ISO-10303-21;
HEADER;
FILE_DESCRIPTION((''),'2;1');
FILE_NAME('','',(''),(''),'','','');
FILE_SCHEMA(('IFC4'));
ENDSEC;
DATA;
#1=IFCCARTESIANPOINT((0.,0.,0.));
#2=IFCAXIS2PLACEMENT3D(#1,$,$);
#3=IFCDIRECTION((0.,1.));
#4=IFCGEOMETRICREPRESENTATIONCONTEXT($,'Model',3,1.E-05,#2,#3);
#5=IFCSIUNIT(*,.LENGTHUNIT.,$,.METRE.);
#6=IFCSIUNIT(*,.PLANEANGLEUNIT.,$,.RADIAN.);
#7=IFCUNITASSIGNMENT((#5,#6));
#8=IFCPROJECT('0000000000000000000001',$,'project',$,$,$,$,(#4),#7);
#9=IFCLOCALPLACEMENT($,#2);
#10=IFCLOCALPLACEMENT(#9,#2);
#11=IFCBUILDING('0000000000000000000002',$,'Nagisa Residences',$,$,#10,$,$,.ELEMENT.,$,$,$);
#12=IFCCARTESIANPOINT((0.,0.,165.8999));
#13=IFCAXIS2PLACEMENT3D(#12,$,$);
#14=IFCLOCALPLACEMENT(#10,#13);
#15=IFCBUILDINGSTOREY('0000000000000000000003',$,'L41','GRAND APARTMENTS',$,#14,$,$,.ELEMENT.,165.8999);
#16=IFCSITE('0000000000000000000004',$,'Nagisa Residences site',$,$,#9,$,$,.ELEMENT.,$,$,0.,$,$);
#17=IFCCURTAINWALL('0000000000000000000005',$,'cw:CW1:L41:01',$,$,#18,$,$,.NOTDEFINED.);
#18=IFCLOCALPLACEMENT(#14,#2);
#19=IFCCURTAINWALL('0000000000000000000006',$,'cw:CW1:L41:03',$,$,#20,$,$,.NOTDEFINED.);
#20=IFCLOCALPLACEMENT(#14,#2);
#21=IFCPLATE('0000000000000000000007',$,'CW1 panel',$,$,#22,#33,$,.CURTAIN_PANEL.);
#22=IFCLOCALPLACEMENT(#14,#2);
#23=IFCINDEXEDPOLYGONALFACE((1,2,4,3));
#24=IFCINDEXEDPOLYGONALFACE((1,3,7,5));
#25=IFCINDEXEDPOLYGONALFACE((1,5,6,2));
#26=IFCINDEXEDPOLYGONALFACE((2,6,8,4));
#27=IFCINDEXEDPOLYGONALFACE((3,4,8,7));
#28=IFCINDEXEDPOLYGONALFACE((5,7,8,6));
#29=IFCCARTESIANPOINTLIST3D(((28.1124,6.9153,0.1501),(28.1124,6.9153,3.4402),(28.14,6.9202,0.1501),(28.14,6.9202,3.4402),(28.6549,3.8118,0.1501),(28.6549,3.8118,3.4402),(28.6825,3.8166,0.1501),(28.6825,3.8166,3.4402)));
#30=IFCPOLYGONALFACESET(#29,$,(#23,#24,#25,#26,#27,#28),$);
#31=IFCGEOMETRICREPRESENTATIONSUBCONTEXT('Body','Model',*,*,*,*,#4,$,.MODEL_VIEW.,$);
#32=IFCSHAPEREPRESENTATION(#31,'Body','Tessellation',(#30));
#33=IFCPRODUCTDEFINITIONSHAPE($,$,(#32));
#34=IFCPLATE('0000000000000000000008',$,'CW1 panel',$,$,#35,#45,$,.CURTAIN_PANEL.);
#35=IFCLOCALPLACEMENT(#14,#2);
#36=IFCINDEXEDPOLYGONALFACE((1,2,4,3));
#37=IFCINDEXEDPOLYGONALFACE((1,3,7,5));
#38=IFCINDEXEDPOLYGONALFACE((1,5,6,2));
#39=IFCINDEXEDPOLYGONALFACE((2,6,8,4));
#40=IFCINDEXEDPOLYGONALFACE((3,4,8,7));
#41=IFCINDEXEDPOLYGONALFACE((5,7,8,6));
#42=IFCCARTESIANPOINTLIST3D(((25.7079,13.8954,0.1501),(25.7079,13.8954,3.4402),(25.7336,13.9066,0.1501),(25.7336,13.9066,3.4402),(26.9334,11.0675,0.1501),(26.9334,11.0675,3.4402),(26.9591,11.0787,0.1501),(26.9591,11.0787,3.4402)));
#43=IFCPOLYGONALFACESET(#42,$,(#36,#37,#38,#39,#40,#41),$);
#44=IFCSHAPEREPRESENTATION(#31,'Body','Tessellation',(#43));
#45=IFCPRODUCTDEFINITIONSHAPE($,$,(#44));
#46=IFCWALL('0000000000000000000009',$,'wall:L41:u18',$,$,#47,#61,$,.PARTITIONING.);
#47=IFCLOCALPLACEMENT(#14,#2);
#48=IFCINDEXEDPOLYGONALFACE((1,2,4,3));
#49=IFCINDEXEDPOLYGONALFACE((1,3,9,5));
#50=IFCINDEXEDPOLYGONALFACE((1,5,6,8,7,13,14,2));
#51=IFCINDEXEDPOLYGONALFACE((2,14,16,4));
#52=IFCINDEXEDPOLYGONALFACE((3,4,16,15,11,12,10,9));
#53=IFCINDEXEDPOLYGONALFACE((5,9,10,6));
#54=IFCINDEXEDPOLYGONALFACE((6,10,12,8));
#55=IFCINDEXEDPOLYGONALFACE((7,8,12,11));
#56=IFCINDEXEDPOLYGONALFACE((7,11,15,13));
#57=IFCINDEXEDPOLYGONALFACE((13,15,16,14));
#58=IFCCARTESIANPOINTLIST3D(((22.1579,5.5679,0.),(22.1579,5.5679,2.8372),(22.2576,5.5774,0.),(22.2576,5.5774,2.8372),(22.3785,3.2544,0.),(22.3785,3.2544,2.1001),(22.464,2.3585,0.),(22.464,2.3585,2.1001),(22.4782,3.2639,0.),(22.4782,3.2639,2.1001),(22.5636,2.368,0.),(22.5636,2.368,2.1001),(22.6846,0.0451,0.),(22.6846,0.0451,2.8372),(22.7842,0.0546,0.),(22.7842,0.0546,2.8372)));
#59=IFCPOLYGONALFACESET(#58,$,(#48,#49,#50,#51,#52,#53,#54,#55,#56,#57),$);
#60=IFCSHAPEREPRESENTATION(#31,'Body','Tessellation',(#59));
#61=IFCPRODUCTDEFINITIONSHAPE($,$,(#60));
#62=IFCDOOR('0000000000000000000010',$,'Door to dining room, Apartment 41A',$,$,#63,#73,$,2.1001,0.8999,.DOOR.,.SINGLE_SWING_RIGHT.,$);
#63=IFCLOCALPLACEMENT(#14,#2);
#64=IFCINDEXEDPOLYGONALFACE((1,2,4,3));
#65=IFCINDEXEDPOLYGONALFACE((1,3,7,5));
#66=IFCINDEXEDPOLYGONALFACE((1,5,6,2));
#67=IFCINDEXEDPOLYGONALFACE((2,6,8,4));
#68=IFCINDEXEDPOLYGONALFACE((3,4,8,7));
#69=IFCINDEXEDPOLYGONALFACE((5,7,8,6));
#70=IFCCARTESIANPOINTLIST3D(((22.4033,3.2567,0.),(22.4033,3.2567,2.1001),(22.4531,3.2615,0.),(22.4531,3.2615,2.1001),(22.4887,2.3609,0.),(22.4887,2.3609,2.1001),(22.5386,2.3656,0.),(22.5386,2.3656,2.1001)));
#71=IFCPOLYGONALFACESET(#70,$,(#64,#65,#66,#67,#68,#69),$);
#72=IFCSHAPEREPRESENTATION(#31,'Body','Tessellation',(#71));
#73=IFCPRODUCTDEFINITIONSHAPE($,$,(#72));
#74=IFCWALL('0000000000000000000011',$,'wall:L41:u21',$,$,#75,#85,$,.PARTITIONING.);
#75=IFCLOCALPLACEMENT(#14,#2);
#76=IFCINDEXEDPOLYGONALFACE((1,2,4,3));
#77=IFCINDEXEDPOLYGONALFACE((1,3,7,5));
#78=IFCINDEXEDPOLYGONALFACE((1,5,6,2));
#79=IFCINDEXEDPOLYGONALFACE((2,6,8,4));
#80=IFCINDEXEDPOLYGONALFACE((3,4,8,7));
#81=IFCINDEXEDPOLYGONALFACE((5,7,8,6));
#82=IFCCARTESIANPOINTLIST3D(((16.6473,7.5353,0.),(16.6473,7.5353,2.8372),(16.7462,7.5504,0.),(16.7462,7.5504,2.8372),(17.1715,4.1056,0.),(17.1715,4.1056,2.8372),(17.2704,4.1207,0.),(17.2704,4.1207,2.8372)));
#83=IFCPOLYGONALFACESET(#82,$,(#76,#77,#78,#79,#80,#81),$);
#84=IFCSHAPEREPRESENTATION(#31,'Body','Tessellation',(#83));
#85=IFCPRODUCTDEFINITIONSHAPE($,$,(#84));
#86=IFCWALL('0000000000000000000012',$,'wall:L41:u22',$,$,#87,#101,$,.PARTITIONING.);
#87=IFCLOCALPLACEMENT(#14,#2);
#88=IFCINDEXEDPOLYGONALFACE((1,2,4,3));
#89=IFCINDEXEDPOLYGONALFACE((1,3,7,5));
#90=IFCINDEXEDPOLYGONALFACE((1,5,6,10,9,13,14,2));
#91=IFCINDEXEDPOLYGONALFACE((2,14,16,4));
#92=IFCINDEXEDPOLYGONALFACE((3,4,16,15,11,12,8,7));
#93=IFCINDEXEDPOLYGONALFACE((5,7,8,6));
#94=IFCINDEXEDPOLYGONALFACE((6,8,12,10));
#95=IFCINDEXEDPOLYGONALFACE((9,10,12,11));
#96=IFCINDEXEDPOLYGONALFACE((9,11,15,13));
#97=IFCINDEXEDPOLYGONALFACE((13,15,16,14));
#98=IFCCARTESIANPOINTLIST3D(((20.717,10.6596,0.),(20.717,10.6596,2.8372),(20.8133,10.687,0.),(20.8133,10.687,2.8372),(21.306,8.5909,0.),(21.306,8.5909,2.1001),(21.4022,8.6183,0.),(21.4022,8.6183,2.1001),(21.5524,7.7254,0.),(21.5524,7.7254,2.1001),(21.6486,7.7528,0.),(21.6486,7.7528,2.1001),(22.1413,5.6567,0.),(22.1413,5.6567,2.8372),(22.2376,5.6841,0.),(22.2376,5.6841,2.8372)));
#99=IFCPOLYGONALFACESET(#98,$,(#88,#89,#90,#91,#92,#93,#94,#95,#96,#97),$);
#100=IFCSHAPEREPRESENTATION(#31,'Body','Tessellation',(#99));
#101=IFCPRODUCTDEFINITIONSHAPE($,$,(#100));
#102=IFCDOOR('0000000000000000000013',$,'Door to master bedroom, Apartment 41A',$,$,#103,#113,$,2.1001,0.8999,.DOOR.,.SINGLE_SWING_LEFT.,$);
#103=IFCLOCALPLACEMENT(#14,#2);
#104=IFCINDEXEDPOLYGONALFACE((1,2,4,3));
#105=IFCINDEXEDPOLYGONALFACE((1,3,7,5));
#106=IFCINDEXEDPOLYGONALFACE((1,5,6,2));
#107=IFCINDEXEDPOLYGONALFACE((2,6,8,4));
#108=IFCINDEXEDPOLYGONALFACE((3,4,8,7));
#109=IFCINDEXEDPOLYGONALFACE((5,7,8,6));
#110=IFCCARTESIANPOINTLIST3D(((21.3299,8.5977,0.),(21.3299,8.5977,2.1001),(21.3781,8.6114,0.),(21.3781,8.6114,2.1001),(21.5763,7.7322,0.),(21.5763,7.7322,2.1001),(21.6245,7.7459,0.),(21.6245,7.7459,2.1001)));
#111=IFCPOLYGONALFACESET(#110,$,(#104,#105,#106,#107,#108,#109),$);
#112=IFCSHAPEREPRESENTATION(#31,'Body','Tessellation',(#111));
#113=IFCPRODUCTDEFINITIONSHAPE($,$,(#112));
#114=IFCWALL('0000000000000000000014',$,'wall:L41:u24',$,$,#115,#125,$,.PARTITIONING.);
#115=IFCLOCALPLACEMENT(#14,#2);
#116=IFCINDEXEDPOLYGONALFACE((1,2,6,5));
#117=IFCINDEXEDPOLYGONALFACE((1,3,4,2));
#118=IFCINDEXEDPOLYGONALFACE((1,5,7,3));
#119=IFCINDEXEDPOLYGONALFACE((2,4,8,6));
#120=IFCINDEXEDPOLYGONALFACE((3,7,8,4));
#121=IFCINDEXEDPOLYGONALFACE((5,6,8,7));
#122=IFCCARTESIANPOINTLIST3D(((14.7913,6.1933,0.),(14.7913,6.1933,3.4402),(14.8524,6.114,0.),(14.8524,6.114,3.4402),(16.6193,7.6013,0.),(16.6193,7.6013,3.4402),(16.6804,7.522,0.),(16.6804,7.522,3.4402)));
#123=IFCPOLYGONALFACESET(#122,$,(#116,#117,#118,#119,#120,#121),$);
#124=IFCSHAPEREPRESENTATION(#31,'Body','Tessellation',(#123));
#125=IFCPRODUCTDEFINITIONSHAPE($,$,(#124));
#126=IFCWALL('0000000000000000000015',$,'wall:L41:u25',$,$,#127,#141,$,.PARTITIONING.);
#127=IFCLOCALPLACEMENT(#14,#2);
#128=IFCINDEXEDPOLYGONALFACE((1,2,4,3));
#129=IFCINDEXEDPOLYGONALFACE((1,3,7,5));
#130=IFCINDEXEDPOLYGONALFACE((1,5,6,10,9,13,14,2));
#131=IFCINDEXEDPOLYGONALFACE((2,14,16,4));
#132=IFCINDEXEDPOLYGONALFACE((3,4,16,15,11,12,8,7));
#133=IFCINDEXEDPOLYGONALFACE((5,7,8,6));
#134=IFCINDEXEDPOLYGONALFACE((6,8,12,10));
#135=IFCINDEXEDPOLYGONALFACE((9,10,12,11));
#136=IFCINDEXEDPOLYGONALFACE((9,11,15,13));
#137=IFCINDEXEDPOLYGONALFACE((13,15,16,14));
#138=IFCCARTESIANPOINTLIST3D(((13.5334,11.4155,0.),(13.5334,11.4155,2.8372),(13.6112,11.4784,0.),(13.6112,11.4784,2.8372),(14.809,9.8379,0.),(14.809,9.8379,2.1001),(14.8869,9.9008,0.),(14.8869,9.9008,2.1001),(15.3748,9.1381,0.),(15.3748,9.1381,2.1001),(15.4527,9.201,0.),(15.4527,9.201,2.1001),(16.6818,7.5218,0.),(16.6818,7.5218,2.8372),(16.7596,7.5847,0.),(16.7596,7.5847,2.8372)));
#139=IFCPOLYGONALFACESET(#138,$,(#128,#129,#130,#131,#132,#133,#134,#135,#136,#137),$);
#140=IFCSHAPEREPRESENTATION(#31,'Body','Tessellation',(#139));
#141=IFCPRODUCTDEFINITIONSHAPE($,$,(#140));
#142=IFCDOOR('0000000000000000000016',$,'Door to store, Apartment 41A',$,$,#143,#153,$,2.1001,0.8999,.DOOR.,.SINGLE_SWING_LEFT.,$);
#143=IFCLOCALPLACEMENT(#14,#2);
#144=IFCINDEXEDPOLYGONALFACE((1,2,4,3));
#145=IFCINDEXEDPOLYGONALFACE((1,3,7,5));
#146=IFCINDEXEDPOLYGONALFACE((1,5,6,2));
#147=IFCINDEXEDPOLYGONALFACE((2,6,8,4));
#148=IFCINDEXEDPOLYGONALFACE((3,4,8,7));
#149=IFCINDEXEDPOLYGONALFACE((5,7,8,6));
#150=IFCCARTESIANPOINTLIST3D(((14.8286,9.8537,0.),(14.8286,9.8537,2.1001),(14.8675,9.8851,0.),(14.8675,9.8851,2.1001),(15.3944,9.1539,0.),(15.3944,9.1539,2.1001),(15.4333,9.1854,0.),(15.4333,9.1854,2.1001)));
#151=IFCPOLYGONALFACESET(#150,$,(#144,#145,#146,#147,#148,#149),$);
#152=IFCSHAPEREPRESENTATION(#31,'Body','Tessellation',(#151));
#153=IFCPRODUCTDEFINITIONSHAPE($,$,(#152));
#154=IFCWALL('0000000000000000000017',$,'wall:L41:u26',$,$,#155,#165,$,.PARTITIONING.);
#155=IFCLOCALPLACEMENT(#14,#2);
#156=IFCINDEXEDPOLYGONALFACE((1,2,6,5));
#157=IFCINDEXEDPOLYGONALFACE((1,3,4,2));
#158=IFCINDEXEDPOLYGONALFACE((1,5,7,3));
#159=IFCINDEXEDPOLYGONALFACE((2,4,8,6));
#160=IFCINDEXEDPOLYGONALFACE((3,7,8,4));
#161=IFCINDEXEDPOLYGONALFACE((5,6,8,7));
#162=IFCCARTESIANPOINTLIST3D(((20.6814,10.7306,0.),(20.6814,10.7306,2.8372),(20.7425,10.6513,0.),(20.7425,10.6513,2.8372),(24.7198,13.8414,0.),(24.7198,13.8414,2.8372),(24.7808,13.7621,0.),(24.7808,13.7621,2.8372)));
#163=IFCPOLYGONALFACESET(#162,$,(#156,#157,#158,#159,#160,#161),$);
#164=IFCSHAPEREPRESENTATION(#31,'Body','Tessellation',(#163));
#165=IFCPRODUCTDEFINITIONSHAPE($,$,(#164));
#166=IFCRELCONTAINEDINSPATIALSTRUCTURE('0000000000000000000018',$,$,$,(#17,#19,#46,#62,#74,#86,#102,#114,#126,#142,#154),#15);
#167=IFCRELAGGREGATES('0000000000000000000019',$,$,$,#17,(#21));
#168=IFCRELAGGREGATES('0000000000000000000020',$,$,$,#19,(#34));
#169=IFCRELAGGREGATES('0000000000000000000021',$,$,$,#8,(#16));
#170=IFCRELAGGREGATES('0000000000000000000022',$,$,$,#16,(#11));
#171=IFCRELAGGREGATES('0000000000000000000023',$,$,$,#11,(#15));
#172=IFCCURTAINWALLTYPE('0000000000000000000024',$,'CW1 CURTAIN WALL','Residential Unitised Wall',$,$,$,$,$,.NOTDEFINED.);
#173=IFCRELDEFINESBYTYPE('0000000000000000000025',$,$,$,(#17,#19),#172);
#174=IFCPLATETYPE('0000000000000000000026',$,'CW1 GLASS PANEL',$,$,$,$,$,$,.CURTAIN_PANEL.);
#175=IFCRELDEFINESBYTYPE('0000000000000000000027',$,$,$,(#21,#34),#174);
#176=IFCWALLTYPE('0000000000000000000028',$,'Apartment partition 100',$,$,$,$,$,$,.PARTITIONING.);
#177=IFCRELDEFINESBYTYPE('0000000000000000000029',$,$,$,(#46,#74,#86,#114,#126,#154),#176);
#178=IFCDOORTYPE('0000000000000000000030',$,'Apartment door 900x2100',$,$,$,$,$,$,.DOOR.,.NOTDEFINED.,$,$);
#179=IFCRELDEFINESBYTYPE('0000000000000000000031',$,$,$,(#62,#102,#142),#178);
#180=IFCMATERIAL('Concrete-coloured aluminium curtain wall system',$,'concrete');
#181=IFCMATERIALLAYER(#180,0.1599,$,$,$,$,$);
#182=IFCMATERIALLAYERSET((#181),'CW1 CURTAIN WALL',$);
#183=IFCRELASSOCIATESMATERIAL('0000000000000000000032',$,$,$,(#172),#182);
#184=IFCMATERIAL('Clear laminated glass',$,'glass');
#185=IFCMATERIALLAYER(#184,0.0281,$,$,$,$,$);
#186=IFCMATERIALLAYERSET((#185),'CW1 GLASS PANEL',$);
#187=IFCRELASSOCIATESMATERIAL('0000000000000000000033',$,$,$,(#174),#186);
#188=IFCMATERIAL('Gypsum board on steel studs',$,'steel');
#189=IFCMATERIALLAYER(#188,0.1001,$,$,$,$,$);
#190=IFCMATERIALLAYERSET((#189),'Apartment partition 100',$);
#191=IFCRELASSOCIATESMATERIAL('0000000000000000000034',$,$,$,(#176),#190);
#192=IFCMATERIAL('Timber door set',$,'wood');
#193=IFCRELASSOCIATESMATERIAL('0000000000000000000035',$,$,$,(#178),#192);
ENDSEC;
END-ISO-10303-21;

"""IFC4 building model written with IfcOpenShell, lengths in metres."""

from ifc_helpers import new_model, si_unit, direction, frame, frame_2d, origin, origin_2d, place, context, subcontext, project, spatial, rectangle, extrude, material, layer, layer_set, type_object, element, fill, aggregate, save


model = new_model("IFC4")

# Units and contexts
model_context = context("Model", 3, precision=1e-05, world=origin(), true_north=direction((0.0, 1.0)))
body_context = subcontext(model_context, "Body", "Model", "MODEL_VIEW")
ifc_project = project(units=[si_unit("LENGTHUNIT", "METRE"), si_unit("PLANEANGLEUNIT", "RADIAN")], contexts=[model_context])

# Site, building, storey
site_placement = place(None, origin())
site = spatial("IfcSite", under=ifc_project, at=site_placement, Name="Nagisa Residences site", CompositionType="ELEMENT", RefElevation=0.0)
building_placement = place(site_placement, origin())
building = spatial("IfcBuilding", under=site, at=building_placement, Name="Nagisa Residences", CompositionType="ELEMENT")
storey_placement = place(building_placement, frame((0.0, 0.0, 165.8999)))
storey = spatial("IfcBuildingStorey", under=building, at=storey_placement, Name="L41", Description="GRAND APARTMENTS", CompositionType="ELEMENT", Elevation=165.8999)

# Curtain walls
ifc_material_1 = material(Name="Concrete-coloured aluminium curtain wall system", Category="concrete")
ifc_layer_1 = layer(ifc_material_1, 0.1599)
ifc_layer_set_1 = layer_set([ifc_layer_1], Name="CW1 CURTAIN WALL")
curtain_wall_type = type_object("IfcCurtainWallType", Name="CW1 CURTAIN WALL", Description="Residential Unitised Wall", PredefinedType="NOTDEFINED", material=ifc_layer_set_1)
curtain_wall_1_placement = place(storey_placement, origin())
curtain_wall_1 = element("IfcCurtainWall", 1, at=curtain_wall_1_placement, inside=storey, type_object=curtain_wall_type, Name="cw:CW1:L41:01", PredefinedType="NOTDEFINED")
curtain_wall_2_placement = place(storey_placement, origin())
curtain_wall_2 = element("IfcCurtainWall", 2, at=curtain_wall_2_placement, inside=storey, type_object=curtain_wall_type, Name="cw:CW1:L41:03", PredefinedType="NOTDEFINED")

# Plates
ifc_material_2 = material(Name="Clear laminated glass", Category="glass")
ifc_layer_2 = layer(ifc_material_2, 0.0281)
ifc_layer_set_2 = layer_set([ifc_layer_2], Name="CW1 GLASS PANEL")
plate_type = type_object("IfcPlateType", Name="CW1 GLASS PANEL", PredefinedType="CURTAIN_PANEL", material=ifc_layer_set_2)
plate_1_placement = place(storey_placement, frame((28.3975, 5.366, 0.1501), z_axis=(0.0, 0.0, 1.0), x_axis=(-0.172191, 0.985064, 0.0)))
plate_1 = element("IfcPlate", 3, at=plate_1_placement, type_object=plate_type, Name="CW1 panel", PredefinedType="CURTAIN_PANEL", context=body_context, shape_type="SweptSolid", body=[
    extrude(rectangle(XDim=3.1506, YDim=0.0281, at=origin_2d()), origin(), (0.0, 0.0, 1.0), 3.29),
])
aggregate(curtain_wall_1, [plate_1])
plate_2_placement = place(storey_placement, frame((26.3335, 12.4871, 0.1501), z_axis=(0.0, 0.0, 1.0), x_axis=(-0.397636, 0.917543, 0.0)))
plate_2 = element("IfcPlate", 4, at=plate_2_placement, type_object=plate_type, Name="CW1 panel", PredefinedType="CURTAIN_PANEL", context=body_context, shape_type="SweptSolid", body=[
    extrude(rectangle(XDim=3.082, YDim=0.0281, at=origin_2d()), origin(), (0.0, 0.0, 1.0), 3.29),
])
aggregate(curtain_wall_2, [plate_2])

# Wall, opening, door
ifc_material_3 = material(Name="Gypsum board on steel studs", Category="steel")
ifc_layer_3 = layer(ifc_material_3, 0.1001)
ifc_layer_set_3 = layer_set([ifc_layer_3], Name="Apartment partition 100")
wall_type_1 = type_object("IfcWallType", Name="Apartment partition 100", PredefinedType="PARTITIONING", material=ifc_layer_set_3)
wall_1_placement = place(storey_placement, frame((22.7344, 0.0498, 0.0), z_axis=(0.0, 0.0, 1.0), x_axis=(-0.094923, 0.995485, 0.0)))
wall_1 = element("IfcWall", 5, at=wall_1_placement, inside=storey, type_object=wall_type_1, Name="wall:L41:u18", PredefinedType="PARTITIONING", context=body_context, shape_type="SweptSolid", body=[
    extrude(rectangle(XDim=5.5479, YDim=0.1001, at=frame_2d((2.7739, 0.0))), origin(), (0.0, 0.0, 1.0), 2.8372),
])
opening_1_placement = place(wall_1_placement, frame((2.324, 0.0, 0.0)))
opening_1 = element("IfcOpeningElement", 6, at=opening_1_placement, cuts=wall_1, PredefinedType="OPENING", context=body_context, shape_type="SweptSolid", body=[
    extrude(rectangle(XDim=0.8999, YDim=2.1001, at=frame_2d((0.45, 1.05))), frame((0.0, 0.0601, 0.0), z_axis=(0.0, -1.0, 0.0), x_axis=(1.0, 0.0, 0.0)), (0.0, 0.0, 1.0), 0.1201),
])
ifc_material_4 = material(Name="Timber door set", Category="wood")
door_type_1 = type_object("IfcDoorType", Name="Apartment door 900x2100", OperationType="NOTDEFINED", PredefinedType="DOOR", material=ifc_material_4)
door_1_placement = place(opening_1_placement, frame((0.8999, 0.0, 0.0), x_axis=(-1.0, 0.0, 0.0)))
door_1 = element("IfcDoor", 7, at=door_1_placement, inside=storey, type_object=door_type_1, Name="Door to dining room, Apartment 41A", OperationType="SINGLE_SWING_RIGHT", OverallHeight=2.1001, OverallWidth=0.8999, PredefinedType="DOOR", context=body_context, shape_type="SweptSolid", body=[
    extrude(rectangle(XDim=0.8999, YDim=2.1001, at=frame_2d((0.45, 1.05))), frame((0.0, 0.0249, 0.0), z_axis=(0.0, -1.0, 0.0), x_axis=(1.0, 0.0, 0.0)), (0.0, 0.0, 1.0), 0.05),
])
fill(opening_1, door_1)

# Wall
wall_2_placement = place(storey_placement, frame((17.2209, 4.113, 0.0), z_axis=(0.0, 0.0, 1.0), x_axis=(-0.151079, 0.988522, 0.0)))
element("IfcWall", 8, at=wall_2_placement, inside=storey, type_object=wall_type_1, Name="wall:L41:u21", PredefinedType="PARTITIONING", context=body_context, shape_type="SweptSolid", body=[
    extrude(rectangle(XDim=3.4695, YDim=0.1001, at=frame_2d((1.7349, 0.0))), origin(), (0.0, 0.0, 1.0), 2.8372),
])

# Wall, opening, door
wall_3_placement = place(storey_placement, frame((22.1895, 5.6704, 0.0), z_axis=(0.0, 0.0, 1.0), x_axis=(-0.273816, 0.961782, 0.0)))
wall_3 = element("IfcWall", 9, at=wall_3_placement, inside=storey, type_object=wall_type_1, Name="wall:L41:u22", PredefinedType="PARTITIONING", context=body_context, shape_type="SweptSolid", body=[
    extrude(rectangle(XDim=5.2017, YDim=0.1001, at=frame_2d((2.6008, 0.0))), origin(), (0.0, 0.0, 1.0), 2.8372),
])
opening_2_placement = place(wall_3_placement, frame((2.1509, 0.0, 0.0)))
opening_2 = element("IfcOpeningElement", 10, at=opening_2_placement, cuts=wall_3, PredefinedType="OPENING", context=body_context, shape_type="SweptSolid", body=[
    extrude(rectangle(XDim=0.8999, YDim=2.1001, at=frame_2d((0.45, 1.05))), frame((0.0, 0.0601, 0.0), z_axis=(0.0, -1.0, 0.0), x_axis=(1.0, 0.0, 0.0)), (0.0, 0.0, 1.0), 0.1201),
])
door_2_placement = place(opening_2_placement, frame((0.8999, 0.0, 0.0), x_axis=(-1.0, 0.0, 0.0)))
door_2 = element("IfcDoor", 11, at=door_2_placement, inside=storey, type_object=door_type_1, Name="Door to master bedroom, Apartment 41A", OperationType="SINGLE_SWING_LEFT", OverallHeight=2.1001, OverallWidth=0.8999, PredefinedType="DOOR", context=body_context, shape_type="SweptSolid", body=[
    extrude(rectangle(XDim=0.8999, YDim=2.1001, at=frame_2d((0.45, 1.05))), frame((0.0, 0.0249, 0.0), z_axis=(0.0, -1.0, 0.0), x_axis=(1.0, 0.0, 0.0)), (0.0, 0.0, 1.0), 0.05),
])
fill(opening_2, door_2)

# Wall
wall_4_placement = place(storey_placement, frame((14.8218, 6.1536, 0.0), z_axis=(0.0, 0.0, 1.0), x_axis=(0.792227, 0.610227, 0.0)))
element("IfcWall", 12, at=wall_4_placement, inside=storey, type_object=wall_type_1, Name="wall:L41:u24", PredefinedType="PARTITIONING", context=body_context, shape_type="SweptSolid", body=[
    extrude(rectangle(XDim=2.3074, YDim=0.1001, at=frame_2d((1.1538, 0.0))), origin(), (0.0, 0.0, 1.0), 3.4402),
])

# Wall, opening, door
wall_5_placement = place(storey_placement, frame((16.7207, 7.5532, 0.0), z_axis=(0.0, 0.0, 1.0), x_axis=(-0.628754, 0.777605, 0.0)))
wall_5 = element("IfcWall", 13, at=wall_5_placement, inside=storey, type_object=wall_type_1, Name="wall:L41:u25", PredefinedType="PARTITIONING", context=body_context, shape_type="SweptSolid", body=[
    extrude(rectangle(XDim=5.0073, YDim=0.1001, at=frame_2d((2.5037, 0.0))), origin(), (0.0, 0.0, 1.0), 2.8372),
])
opening_3_placement = place(wall_5_placement, frame((2.0786, 0.0, 0.0)))
opening_3 = element("IfcOpeningElement", 14, at=opening_3_placement, cuts=wall_5, PredefinedType="OPENING", context=body_context, shape_type="SweptSolid", body=[
    extrude(rectangle(XDim=0.8999, YDim=2.1001, at=frame_2d((0.45, 1.05))), frame((0.0, 0.0601, 0.0), z_axis=(0.0, -1.0, 0.0), x_axis=(1.0, 0.0, 0.0)), (0.0, 0.0, 1.0), 0.1201),
])
door_3_placement = place(opening_3_placement, origin())
door_3 = element("IfcDoor", 15, at=door_3_placement, inside=storey, type_object=door_type_1, Name="Door to store, Apartment 41A", OperationType="SINGLE_SWING_LEFT", OverallHeight=2.1001, OverallWidth=0.8999, PredefinedType="DOOR", context=body_context, shape_type="SweptSolid", body=[
    extrude(rectangle(XDim=0.8999, YDim=2.1001, at=frame_2d((0.45, 1.05))), frame((0.0, 0.0249, 0.0), z_axis=(0.0, -1.0, 0.0), x_axis=(1.0, 0.0, 0.0)), (0.0, 0.0, 1.0), 0.05),
])
fill(opening_3, door_3)

# Wall
wall_6_placement = place(storey_placement, frame((20.7119, 10.6909, 0.0), z_axis=(0.0, 0.0, 1.0), x_axis=(0.792204, 0.610257, 0.0)))
element("IfcWall", 16, at=wall_6_placement, inside=storey, type_object=wall_type_1, Name="wall:L41:u26", PredefinedType="PARTITIONING", context=body_context, shape_type="SweptSolid", body=[
    extrude(rectangle(XDim=5.0977, YDim=0.1001, at=frame_2d((2.5488, 0.0))), origin(), (0.0, 0.0, 1.0), 2.8372),
])

save(model, "model.ifc")
